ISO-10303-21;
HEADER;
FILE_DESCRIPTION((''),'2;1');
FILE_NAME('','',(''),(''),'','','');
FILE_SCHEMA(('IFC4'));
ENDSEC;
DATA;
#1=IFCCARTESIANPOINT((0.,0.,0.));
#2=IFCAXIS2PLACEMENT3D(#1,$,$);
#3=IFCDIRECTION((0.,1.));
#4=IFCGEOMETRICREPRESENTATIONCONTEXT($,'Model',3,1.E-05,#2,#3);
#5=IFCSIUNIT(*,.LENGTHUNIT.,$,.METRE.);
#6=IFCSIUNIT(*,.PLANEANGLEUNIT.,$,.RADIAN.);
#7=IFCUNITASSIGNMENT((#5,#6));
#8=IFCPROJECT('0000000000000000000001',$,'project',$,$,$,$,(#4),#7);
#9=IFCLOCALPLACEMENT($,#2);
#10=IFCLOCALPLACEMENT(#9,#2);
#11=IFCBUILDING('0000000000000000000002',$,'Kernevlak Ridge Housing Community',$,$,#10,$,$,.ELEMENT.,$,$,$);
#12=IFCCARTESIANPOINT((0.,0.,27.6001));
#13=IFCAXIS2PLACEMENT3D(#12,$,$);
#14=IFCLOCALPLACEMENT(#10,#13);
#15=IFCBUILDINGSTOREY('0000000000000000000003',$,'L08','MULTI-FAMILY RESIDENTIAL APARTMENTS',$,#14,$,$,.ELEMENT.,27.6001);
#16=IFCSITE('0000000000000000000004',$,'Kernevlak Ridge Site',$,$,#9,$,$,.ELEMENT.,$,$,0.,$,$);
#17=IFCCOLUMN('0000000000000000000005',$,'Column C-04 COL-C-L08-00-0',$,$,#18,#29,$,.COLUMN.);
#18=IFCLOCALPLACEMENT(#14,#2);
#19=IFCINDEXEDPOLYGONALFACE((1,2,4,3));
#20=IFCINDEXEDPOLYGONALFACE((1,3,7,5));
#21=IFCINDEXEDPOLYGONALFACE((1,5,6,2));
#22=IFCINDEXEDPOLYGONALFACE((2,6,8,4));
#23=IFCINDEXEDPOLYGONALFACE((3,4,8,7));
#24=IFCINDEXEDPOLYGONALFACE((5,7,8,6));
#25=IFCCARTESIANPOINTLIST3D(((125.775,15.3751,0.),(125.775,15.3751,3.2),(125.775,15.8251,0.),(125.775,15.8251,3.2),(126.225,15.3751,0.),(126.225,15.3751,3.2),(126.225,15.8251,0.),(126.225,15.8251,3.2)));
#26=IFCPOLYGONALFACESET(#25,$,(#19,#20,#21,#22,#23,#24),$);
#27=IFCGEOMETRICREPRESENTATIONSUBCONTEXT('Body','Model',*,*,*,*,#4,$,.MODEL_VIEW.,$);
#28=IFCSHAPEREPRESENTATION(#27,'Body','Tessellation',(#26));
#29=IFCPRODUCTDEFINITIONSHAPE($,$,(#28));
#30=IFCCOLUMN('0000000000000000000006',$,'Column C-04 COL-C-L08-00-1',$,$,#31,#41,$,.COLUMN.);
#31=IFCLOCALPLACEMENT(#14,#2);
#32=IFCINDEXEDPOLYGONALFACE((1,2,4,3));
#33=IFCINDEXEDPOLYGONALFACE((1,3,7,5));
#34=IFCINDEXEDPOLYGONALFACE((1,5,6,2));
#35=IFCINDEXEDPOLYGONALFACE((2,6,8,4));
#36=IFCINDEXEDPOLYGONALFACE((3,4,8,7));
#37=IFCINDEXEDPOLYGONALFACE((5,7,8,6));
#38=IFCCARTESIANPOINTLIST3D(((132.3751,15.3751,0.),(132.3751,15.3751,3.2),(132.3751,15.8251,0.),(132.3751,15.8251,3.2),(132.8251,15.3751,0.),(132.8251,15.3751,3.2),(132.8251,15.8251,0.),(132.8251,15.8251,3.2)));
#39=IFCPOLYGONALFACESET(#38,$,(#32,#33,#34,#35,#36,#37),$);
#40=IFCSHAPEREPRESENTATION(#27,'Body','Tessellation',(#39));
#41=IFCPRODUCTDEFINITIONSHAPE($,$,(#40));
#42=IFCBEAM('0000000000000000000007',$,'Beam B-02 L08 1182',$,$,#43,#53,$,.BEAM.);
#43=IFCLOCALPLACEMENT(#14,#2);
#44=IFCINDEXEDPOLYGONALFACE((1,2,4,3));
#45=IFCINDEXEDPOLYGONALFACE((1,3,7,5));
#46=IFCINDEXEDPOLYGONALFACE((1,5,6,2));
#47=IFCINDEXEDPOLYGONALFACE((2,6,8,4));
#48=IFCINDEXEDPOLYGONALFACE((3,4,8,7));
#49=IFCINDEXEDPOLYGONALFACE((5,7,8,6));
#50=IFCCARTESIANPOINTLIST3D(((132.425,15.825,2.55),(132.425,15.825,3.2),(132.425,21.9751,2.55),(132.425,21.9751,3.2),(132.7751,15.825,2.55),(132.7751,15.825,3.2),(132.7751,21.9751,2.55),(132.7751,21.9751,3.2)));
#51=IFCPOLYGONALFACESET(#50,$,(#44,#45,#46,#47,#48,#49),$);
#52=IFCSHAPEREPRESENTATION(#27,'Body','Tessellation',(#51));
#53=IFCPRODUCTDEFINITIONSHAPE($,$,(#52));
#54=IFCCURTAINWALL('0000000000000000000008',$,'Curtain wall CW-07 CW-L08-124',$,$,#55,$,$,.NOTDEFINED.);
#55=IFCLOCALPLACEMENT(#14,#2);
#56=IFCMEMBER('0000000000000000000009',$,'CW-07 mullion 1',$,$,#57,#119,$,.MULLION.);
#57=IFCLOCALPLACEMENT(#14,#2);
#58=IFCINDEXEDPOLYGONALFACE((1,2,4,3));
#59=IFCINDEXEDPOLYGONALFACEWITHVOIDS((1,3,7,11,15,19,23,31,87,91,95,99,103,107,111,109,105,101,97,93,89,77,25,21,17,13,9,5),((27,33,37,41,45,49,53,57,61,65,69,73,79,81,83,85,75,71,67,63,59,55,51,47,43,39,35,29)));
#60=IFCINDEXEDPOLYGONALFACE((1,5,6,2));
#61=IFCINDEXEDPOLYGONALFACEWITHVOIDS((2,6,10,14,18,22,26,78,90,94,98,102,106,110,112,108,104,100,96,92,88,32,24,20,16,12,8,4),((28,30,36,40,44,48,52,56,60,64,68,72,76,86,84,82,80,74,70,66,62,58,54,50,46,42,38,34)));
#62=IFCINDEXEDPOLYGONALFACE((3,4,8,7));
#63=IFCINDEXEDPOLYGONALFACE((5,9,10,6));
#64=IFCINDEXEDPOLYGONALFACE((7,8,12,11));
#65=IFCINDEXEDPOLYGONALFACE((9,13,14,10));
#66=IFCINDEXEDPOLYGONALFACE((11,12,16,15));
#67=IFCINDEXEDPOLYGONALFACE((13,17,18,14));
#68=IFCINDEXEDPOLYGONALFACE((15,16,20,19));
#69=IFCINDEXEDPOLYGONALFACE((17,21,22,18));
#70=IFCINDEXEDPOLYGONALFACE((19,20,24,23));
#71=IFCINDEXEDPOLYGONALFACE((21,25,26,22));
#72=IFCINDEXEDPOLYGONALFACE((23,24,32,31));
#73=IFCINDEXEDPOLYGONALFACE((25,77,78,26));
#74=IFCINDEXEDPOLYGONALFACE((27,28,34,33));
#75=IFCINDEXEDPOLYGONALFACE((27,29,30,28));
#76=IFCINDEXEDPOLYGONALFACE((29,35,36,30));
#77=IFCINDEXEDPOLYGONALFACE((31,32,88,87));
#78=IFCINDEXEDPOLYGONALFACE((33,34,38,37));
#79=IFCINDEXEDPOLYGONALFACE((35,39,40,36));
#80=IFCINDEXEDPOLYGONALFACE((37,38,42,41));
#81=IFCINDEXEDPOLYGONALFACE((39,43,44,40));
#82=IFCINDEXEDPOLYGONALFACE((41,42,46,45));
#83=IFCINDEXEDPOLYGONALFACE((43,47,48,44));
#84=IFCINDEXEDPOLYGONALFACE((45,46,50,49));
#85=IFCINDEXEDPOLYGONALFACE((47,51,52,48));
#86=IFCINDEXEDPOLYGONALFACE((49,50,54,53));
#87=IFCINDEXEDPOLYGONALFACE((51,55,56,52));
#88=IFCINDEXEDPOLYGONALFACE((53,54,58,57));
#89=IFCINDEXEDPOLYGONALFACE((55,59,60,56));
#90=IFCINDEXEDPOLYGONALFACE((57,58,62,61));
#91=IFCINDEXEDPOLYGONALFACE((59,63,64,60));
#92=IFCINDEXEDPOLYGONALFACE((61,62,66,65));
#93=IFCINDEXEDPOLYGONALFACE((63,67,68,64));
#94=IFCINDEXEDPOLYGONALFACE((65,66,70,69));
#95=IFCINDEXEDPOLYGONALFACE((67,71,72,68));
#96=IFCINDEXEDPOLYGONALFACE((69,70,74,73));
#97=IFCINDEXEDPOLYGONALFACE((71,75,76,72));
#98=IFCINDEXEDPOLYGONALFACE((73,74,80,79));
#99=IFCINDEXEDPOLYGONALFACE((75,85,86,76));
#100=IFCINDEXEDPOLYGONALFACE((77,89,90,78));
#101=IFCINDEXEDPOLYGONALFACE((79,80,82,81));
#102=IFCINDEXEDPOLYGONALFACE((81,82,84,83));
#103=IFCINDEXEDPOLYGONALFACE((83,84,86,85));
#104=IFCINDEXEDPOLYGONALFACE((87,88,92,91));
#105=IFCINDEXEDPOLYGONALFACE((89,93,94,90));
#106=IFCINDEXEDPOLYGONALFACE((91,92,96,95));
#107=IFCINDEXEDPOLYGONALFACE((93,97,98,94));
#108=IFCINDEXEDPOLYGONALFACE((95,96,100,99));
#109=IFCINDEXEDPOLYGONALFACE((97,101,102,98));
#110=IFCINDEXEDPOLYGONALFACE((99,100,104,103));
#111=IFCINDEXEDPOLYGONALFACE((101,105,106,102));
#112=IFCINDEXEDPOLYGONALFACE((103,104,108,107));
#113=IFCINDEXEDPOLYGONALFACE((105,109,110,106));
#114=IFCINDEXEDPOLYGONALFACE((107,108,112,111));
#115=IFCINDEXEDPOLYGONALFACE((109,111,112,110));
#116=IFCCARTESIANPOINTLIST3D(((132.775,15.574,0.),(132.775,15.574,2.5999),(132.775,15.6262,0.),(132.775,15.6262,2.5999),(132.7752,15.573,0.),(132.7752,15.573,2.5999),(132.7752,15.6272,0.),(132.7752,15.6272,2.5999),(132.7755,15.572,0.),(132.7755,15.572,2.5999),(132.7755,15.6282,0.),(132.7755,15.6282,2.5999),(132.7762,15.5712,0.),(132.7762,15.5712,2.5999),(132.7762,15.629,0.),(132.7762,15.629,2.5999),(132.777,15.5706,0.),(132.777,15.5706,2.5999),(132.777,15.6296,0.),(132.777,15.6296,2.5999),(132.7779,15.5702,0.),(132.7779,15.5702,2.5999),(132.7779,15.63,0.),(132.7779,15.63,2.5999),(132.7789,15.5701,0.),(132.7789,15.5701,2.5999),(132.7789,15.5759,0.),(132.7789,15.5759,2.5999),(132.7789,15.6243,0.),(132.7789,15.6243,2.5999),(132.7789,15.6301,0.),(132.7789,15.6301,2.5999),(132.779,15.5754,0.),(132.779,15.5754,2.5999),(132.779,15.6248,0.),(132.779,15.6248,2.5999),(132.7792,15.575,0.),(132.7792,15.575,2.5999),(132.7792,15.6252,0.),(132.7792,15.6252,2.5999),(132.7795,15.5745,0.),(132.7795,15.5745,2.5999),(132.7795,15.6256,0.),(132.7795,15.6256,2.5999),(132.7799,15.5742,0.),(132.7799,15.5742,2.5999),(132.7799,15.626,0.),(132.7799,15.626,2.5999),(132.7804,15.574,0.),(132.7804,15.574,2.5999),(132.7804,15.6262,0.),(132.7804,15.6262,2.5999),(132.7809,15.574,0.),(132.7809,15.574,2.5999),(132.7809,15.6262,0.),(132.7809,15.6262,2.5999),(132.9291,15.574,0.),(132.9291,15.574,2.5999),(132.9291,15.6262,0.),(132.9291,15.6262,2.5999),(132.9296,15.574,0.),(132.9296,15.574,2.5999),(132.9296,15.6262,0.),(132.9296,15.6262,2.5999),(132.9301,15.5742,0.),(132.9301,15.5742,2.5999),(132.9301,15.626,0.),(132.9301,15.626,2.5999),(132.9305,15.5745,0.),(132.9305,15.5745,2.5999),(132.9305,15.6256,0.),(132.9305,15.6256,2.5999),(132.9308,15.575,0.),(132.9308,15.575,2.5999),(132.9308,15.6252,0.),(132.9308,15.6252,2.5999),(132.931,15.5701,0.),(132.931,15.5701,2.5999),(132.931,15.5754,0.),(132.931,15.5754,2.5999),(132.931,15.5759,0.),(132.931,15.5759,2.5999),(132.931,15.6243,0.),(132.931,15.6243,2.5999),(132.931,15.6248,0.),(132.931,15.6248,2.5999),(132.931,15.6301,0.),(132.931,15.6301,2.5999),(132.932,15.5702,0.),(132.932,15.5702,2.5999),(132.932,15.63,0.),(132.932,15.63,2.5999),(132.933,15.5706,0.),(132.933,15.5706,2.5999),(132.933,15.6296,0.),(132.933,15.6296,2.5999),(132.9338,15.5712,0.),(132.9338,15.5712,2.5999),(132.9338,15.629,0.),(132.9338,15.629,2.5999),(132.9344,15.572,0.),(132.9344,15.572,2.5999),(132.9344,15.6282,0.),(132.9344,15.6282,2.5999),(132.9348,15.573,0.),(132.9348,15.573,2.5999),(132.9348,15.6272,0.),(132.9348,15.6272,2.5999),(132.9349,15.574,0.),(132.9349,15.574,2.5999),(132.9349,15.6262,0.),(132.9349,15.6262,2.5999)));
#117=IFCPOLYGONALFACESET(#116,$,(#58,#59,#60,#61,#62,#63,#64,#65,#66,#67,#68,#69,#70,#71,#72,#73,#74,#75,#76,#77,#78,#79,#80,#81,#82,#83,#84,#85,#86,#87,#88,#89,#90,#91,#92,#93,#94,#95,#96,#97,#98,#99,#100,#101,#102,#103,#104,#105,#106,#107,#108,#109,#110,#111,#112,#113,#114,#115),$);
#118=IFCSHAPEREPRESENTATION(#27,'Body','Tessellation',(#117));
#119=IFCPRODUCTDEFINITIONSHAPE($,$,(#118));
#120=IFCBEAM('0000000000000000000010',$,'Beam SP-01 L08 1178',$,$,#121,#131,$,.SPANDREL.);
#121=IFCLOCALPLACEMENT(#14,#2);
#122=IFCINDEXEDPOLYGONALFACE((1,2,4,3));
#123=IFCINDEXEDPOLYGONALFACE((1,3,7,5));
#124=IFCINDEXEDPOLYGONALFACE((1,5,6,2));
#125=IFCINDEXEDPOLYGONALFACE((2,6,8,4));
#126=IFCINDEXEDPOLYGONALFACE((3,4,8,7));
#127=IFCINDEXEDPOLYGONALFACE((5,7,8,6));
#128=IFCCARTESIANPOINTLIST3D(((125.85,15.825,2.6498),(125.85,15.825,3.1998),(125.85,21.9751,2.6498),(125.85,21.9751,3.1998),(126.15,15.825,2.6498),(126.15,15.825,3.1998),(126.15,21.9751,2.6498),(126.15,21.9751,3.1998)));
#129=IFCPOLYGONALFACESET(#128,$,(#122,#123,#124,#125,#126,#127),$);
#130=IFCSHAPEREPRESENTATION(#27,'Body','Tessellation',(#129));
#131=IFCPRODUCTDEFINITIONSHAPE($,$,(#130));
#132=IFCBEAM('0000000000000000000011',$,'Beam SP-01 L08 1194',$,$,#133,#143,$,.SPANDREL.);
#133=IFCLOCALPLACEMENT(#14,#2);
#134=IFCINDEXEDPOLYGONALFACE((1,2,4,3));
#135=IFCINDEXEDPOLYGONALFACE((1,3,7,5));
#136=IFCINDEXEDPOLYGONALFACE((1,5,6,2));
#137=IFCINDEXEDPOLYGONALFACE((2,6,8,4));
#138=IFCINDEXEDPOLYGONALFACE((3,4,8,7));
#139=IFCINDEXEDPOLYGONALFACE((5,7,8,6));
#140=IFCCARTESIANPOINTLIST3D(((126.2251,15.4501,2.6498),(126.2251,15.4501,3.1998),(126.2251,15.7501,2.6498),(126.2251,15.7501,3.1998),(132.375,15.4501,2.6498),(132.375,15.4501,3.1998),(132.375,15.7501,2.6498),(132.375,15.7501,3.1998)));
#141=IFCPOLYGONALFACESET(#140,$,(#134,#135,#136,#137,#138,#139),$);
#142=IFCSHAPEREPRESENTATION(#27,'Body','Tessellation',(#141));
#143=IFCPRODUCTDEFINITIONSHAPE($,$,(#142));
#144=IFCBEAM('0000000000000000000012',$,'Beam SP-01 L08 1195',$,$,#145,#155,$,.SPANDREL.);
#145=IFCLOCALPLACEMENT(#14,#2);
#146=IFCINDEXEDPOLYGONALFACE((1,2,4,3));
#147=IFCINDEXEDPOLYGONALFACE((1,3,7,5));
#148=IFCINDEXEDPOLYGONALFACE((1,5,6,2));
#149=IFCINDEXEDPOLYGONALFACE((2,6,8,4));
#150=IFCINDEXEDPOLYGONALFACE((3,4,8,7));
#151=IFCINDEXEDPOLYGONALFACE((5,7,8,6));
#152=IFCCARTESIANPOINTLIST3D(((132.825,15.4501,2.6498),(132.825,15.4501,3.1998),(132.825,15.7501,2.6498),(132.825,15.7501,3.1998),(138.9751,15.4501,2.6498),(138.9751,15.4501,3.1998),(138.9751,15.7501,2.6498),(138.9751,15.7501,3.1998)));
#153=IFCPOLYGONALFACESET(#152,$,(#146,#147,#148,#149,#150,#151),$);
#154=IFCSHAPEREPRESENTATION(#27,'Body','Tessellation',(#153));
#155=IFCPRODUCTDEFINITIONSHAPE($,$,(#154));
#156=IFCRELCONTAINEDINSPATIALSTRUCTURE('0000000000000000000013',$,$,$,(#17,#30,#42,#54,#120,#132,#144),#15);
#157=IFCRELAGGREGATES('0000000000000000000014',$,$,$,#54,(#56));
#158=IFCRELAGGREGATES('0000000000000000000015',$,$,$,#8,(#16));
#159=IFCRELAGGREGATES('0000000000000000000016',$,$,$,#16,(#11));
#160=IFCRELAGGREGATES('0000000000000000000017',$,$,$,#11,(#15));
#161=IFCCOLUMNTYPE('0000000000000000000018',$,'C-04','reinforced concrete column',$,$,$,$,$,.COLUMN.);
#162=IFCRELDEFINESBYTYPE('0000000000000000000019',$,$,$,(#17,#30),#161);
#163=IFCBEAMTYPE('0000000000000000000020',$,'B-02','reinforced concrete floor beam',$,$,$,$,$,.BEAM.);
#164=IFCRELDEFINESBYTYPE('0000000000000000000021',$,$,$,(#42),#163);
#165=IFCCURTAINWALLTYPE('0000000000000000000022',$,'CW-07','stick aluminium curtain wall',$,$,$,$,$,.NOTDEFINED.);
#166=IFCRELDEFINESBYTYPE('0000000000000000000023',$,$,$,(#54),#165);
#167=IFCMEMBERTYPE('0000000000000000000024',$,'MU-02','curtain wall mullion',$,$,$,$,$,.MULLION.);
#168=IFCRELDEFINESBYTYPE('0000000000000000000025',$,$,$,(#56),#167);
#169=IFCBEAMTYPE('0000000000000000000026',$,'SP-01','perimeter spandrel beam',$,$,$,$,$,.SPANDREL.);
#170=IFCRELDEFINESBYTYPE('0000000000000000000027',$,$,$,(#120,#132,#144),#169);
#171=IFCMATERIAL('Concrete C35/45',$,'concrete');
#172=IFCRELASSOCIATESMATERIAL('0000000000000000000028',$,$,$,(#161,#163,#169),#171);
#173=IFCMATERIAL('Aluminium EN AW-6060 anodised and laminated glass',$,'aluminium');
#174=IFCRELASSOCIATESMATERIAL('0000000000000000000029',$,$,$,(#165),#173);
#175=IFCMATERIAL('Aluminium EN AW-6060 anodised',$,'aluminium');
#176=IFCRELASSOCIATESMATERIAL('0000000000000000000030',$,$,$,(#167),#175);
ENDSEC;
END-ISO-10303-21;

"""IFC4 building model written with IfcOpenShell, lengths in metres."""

from ifc_helpers import new_model, si_unit, direction, frame, origin, origin_2d, place, context, subcontext, project, spatial, rectangle, hollow_rectangle, extrude, material, material_profile, profile_set, type_object, element, aggregate, save


model = new_model("IFC4")

# Units and contexts
model_context = context("Model", 3, precision=1e-05, world=origin(), true_north=direction((0.0, 1.0)))
body_context = subcontext(model_context, "Body", "Model", "MODEL_VIEW")
ifc_project = project(units=[si_unit("LENGTHUNIT", "METRE"), si_unit("PLANEANGLEUNIT", "RADIAN")], contexts=[model_context])

# Site, building, storey
site_placement = place(None, origin())
site = spatial("IfcSite", under=ifc_project, at=site_placement, Name="Kernevlak Ridge Site", CompositionType="ELEMENT", RefElevation=0.0)
building_placement = place(site_placement, origin())
building = spatial("IfcBuilding", under=site, at=building_placement, Name="Kernevlak Ridge Housing Community", CompositionType="ELEMENT")
storey_placement = place(building_placement, frame((0.0, 0.0, 27.6001)))
storey = spatial("IfcBuildingStorey", under=building, at=storey_placement, Name="L08", Description="MULTI-FAMILY RESIDENTIAL APARTMENTS", CompositionType="ELEMENT", Elevation=27.6001)

# Columns
ifc_material_1 = material(Name="Concrete C35/45", Category="concrete")
ifc_material_profile_1 = material_profile(ifc_material_1, rectangle(XDim=0.45, YDim=0.45, at=origin_2d()), Name="RC 450x450")
ifc_profile_set_1 = profile_set([ifc_material_profile_1], Name="Concrete C35/45")
column_type = type_object("IfcColumnType", Name="C-04", Description="reinforced concrete column", PredefinedType="COLUMN", material=ifc_profile_set_1)
for number, where, z_axis, x_axis, name in (
    (1, (126.0, 15.6001, 0.0), (0.0, 0.0, 1.0), (1.0, 0.0, 0.0), "Column C-04 COL-C-L08-00-0"),
    (2, (132.6001, 15.6001, 0.0), (0.0, 0.0, 1.0), (1.0, 0.0, 0.0), "Column C-04 COL-C-L08-00-1"),
):
    element("IfcColumn", number, at=place(storey_placement, frame(where, z_axis=z_axis, x_axis=x_axis)), inside=storey, type_object=column_type, Name=name, PredefinedType="COLUMN", context=body_context, shape_type="SweptSolid", body=[
        extrude(rectangle(XDim=0.45, YDim=0.45, at=origin_2d()), origin(), (0.0, 0.0, 1.0), 3.2),
    ])

# Beam
ifc_material_profile_2 = material_profile(ifc_material_1, rectangle(XDim=0.3501, YDim=0.6499, at=origin_2d()), Name="RC 350x650")
ifc_profile_set_2 = profile_set([ifc_material_profile_2], Name="Concrete C35/45")
beam_type_1 = type_object("IfcBeamType", Name="B-02", Description="reinforced concrete floor beam", PredefinedType="BEAM", material=ifc_profile_set_2)
beam_1_placement = place(storey_placement, frame((132.6001, 15.825, 2.875), z_axis=(0.0, 1.0, 0.0), x_axis=(-1.0, 0.0, 0.0)))
element("IfcBeam", 3, at=beam_1_placement, inside=storey, type_object=beam_type_1, Name="Beam B-02 L08 1182", PredefinedType="BEAM", context=body_context, shape_type="SweptSolid", body=[
    extrude(rectangle(XDim=0.3501, YDim=0.6499, at=origin_2d()), origin(), (0.0, 0.0, 1.0), 6.1501),
])

# Curtain wall, member
ifc_material_2 = material(Name="Aluminium EN AW-6060 anodised and laminated glass", Category="aluminium")
curtain_wall_type = type_object("IfcCurtainWallType", Name="CW-07", Description="stick aluminium curtain wall", PredefinedType="NOTDEFINED", material=ifc_material_2)
curtain_wall_placement = place(storey_placement, origin())
curtain_wall = element("IfcCurtainWall", 4, at=curtain_wall_placement, inside=storey, type_object=curtain_wall_type, Name="Curtain wall CW-07 CW-L08-124", PredefinedType="NOTDEFINED")
ifc_material_3 = material(Name="Aluminium EN AW-6060 anodised", Category="aluminium")
ifc_material_profile_3 = material_profile(ifc_material_3, hollow_rectangle(XDim=0.0601, YDim=0.1599, WallThickness=0.0039, InnerFilletRadius=0.002, OuterFilletRadius=0.0039, at=origin_2d()), Name="ALU 60x160x4")
ifc_profile_set_3 = profile_set([ifc_material_profile_3], Name="Aluminium EN AW-6060 anodised")
member_type_1 = type_object("IfcMemberType", Name="MU-02", Description="curtain wall mullion", PredefinedType="MULLION", material=ifc_profile_set_3)
member_1_placement = place(storey_placement, frame((132.855, 15.6001, 0.0), z_axis=(0.0, 0.0, 1.0), x_axis=(0.0, 1.0, 0.0)))
member_1 = element("IfcMember", 5, at=member_1_placement, type_object=member_type_1, Name="CW-07 mullion 1", PredefinedType="MULLION", context=body_context, shape_type="SweptSolid", body=[
    extrude(hollow_rectangle(XDim=0.0601, YDim=0.1599, WallThickness=0.0039, InnerFilletRadius=0.002, OuterFilletRadius=0.0039, at=origin_2d()), origin(), (0.0, 0.0, 1.0), 2.5999),
])

# Beams
ifc_material_profile_4 = material_profile(ifc_material_1, rectangle(XDim=0.3, YDim=0.55, at=origin_2d()), Name="RC 300x550")
ifc_profile_set_4 = profile_set([ifc_material_profile_4], Name="Concrete C35/45")
beam_type_2 = type_object("IfcBeamType", Name="SP-01", Description="perimeter spandrel beam", PredefinedType="SPANDREL", material=ifc_profile_set_4)
beam_2_placement = place(storey_placement, frame((126.0, 15.825, 2.9248), z_axis=(0.0, 1.0, 0.0), x_axis=(-1.0, 0.0, 0.0)))
element("IfcBeam", 6, at=beam_2_placement, inside=storey, type_object=beam_type_2, Name="Beam SP-01 L08 1178", PredefinedType="SPANDREL", context=body_context, shape_type="SweptSolid", body=[
    extrude(rectangle(XDim=0.3, YDim=0.55, at=origin_2d()), origin(), (0.0, 0.0, 1.0), 6.1501),
])
beam_3_placement = place(storey_placement, frame((126.2251, 15.6001, 2.9248), z_axis=(1.0, 0.0, 0.0), x_axis=(0.0, 1.0, 0.0)))
element("IfcBeam", 7, at=beam_3_placement, inside=storey, type_object=beam_type_2, Name="Beam SP-01 L08 1194", PredefinedType="SPANDREL", context=body_context, shape_type="SweptSolid", body=[
    extrude(rectangle(XDim=0.3, YDim=0.55, at=origin_2d()), origin(), (0.0, 0.0, 1.0), 6.1499),
])
beam_4_placement = place(storey_placement, frame((132.825, 15.6001, 2.9248), z_axis=(1.0, 0.0, 0.0), x_axis=(0.0, 1.0, 0.0)))
element("IfcBeam", 8, at=beam_4_placement, inside=storey, type_object=beam_type_2, Name="Beam SP-01 L08 1195", PredefinedType="SPANDREL", context=body_context, shape_type="SweptSolid", body=[
    extrude(rectangle(XDim=0.3, YDim=0.55, at=origin_2d()), origin(), (0.0, 0.0, 1.0), 6.1501),
])

aggregate(curtain_wall, [member_1])

save(model, "model.ifc")
